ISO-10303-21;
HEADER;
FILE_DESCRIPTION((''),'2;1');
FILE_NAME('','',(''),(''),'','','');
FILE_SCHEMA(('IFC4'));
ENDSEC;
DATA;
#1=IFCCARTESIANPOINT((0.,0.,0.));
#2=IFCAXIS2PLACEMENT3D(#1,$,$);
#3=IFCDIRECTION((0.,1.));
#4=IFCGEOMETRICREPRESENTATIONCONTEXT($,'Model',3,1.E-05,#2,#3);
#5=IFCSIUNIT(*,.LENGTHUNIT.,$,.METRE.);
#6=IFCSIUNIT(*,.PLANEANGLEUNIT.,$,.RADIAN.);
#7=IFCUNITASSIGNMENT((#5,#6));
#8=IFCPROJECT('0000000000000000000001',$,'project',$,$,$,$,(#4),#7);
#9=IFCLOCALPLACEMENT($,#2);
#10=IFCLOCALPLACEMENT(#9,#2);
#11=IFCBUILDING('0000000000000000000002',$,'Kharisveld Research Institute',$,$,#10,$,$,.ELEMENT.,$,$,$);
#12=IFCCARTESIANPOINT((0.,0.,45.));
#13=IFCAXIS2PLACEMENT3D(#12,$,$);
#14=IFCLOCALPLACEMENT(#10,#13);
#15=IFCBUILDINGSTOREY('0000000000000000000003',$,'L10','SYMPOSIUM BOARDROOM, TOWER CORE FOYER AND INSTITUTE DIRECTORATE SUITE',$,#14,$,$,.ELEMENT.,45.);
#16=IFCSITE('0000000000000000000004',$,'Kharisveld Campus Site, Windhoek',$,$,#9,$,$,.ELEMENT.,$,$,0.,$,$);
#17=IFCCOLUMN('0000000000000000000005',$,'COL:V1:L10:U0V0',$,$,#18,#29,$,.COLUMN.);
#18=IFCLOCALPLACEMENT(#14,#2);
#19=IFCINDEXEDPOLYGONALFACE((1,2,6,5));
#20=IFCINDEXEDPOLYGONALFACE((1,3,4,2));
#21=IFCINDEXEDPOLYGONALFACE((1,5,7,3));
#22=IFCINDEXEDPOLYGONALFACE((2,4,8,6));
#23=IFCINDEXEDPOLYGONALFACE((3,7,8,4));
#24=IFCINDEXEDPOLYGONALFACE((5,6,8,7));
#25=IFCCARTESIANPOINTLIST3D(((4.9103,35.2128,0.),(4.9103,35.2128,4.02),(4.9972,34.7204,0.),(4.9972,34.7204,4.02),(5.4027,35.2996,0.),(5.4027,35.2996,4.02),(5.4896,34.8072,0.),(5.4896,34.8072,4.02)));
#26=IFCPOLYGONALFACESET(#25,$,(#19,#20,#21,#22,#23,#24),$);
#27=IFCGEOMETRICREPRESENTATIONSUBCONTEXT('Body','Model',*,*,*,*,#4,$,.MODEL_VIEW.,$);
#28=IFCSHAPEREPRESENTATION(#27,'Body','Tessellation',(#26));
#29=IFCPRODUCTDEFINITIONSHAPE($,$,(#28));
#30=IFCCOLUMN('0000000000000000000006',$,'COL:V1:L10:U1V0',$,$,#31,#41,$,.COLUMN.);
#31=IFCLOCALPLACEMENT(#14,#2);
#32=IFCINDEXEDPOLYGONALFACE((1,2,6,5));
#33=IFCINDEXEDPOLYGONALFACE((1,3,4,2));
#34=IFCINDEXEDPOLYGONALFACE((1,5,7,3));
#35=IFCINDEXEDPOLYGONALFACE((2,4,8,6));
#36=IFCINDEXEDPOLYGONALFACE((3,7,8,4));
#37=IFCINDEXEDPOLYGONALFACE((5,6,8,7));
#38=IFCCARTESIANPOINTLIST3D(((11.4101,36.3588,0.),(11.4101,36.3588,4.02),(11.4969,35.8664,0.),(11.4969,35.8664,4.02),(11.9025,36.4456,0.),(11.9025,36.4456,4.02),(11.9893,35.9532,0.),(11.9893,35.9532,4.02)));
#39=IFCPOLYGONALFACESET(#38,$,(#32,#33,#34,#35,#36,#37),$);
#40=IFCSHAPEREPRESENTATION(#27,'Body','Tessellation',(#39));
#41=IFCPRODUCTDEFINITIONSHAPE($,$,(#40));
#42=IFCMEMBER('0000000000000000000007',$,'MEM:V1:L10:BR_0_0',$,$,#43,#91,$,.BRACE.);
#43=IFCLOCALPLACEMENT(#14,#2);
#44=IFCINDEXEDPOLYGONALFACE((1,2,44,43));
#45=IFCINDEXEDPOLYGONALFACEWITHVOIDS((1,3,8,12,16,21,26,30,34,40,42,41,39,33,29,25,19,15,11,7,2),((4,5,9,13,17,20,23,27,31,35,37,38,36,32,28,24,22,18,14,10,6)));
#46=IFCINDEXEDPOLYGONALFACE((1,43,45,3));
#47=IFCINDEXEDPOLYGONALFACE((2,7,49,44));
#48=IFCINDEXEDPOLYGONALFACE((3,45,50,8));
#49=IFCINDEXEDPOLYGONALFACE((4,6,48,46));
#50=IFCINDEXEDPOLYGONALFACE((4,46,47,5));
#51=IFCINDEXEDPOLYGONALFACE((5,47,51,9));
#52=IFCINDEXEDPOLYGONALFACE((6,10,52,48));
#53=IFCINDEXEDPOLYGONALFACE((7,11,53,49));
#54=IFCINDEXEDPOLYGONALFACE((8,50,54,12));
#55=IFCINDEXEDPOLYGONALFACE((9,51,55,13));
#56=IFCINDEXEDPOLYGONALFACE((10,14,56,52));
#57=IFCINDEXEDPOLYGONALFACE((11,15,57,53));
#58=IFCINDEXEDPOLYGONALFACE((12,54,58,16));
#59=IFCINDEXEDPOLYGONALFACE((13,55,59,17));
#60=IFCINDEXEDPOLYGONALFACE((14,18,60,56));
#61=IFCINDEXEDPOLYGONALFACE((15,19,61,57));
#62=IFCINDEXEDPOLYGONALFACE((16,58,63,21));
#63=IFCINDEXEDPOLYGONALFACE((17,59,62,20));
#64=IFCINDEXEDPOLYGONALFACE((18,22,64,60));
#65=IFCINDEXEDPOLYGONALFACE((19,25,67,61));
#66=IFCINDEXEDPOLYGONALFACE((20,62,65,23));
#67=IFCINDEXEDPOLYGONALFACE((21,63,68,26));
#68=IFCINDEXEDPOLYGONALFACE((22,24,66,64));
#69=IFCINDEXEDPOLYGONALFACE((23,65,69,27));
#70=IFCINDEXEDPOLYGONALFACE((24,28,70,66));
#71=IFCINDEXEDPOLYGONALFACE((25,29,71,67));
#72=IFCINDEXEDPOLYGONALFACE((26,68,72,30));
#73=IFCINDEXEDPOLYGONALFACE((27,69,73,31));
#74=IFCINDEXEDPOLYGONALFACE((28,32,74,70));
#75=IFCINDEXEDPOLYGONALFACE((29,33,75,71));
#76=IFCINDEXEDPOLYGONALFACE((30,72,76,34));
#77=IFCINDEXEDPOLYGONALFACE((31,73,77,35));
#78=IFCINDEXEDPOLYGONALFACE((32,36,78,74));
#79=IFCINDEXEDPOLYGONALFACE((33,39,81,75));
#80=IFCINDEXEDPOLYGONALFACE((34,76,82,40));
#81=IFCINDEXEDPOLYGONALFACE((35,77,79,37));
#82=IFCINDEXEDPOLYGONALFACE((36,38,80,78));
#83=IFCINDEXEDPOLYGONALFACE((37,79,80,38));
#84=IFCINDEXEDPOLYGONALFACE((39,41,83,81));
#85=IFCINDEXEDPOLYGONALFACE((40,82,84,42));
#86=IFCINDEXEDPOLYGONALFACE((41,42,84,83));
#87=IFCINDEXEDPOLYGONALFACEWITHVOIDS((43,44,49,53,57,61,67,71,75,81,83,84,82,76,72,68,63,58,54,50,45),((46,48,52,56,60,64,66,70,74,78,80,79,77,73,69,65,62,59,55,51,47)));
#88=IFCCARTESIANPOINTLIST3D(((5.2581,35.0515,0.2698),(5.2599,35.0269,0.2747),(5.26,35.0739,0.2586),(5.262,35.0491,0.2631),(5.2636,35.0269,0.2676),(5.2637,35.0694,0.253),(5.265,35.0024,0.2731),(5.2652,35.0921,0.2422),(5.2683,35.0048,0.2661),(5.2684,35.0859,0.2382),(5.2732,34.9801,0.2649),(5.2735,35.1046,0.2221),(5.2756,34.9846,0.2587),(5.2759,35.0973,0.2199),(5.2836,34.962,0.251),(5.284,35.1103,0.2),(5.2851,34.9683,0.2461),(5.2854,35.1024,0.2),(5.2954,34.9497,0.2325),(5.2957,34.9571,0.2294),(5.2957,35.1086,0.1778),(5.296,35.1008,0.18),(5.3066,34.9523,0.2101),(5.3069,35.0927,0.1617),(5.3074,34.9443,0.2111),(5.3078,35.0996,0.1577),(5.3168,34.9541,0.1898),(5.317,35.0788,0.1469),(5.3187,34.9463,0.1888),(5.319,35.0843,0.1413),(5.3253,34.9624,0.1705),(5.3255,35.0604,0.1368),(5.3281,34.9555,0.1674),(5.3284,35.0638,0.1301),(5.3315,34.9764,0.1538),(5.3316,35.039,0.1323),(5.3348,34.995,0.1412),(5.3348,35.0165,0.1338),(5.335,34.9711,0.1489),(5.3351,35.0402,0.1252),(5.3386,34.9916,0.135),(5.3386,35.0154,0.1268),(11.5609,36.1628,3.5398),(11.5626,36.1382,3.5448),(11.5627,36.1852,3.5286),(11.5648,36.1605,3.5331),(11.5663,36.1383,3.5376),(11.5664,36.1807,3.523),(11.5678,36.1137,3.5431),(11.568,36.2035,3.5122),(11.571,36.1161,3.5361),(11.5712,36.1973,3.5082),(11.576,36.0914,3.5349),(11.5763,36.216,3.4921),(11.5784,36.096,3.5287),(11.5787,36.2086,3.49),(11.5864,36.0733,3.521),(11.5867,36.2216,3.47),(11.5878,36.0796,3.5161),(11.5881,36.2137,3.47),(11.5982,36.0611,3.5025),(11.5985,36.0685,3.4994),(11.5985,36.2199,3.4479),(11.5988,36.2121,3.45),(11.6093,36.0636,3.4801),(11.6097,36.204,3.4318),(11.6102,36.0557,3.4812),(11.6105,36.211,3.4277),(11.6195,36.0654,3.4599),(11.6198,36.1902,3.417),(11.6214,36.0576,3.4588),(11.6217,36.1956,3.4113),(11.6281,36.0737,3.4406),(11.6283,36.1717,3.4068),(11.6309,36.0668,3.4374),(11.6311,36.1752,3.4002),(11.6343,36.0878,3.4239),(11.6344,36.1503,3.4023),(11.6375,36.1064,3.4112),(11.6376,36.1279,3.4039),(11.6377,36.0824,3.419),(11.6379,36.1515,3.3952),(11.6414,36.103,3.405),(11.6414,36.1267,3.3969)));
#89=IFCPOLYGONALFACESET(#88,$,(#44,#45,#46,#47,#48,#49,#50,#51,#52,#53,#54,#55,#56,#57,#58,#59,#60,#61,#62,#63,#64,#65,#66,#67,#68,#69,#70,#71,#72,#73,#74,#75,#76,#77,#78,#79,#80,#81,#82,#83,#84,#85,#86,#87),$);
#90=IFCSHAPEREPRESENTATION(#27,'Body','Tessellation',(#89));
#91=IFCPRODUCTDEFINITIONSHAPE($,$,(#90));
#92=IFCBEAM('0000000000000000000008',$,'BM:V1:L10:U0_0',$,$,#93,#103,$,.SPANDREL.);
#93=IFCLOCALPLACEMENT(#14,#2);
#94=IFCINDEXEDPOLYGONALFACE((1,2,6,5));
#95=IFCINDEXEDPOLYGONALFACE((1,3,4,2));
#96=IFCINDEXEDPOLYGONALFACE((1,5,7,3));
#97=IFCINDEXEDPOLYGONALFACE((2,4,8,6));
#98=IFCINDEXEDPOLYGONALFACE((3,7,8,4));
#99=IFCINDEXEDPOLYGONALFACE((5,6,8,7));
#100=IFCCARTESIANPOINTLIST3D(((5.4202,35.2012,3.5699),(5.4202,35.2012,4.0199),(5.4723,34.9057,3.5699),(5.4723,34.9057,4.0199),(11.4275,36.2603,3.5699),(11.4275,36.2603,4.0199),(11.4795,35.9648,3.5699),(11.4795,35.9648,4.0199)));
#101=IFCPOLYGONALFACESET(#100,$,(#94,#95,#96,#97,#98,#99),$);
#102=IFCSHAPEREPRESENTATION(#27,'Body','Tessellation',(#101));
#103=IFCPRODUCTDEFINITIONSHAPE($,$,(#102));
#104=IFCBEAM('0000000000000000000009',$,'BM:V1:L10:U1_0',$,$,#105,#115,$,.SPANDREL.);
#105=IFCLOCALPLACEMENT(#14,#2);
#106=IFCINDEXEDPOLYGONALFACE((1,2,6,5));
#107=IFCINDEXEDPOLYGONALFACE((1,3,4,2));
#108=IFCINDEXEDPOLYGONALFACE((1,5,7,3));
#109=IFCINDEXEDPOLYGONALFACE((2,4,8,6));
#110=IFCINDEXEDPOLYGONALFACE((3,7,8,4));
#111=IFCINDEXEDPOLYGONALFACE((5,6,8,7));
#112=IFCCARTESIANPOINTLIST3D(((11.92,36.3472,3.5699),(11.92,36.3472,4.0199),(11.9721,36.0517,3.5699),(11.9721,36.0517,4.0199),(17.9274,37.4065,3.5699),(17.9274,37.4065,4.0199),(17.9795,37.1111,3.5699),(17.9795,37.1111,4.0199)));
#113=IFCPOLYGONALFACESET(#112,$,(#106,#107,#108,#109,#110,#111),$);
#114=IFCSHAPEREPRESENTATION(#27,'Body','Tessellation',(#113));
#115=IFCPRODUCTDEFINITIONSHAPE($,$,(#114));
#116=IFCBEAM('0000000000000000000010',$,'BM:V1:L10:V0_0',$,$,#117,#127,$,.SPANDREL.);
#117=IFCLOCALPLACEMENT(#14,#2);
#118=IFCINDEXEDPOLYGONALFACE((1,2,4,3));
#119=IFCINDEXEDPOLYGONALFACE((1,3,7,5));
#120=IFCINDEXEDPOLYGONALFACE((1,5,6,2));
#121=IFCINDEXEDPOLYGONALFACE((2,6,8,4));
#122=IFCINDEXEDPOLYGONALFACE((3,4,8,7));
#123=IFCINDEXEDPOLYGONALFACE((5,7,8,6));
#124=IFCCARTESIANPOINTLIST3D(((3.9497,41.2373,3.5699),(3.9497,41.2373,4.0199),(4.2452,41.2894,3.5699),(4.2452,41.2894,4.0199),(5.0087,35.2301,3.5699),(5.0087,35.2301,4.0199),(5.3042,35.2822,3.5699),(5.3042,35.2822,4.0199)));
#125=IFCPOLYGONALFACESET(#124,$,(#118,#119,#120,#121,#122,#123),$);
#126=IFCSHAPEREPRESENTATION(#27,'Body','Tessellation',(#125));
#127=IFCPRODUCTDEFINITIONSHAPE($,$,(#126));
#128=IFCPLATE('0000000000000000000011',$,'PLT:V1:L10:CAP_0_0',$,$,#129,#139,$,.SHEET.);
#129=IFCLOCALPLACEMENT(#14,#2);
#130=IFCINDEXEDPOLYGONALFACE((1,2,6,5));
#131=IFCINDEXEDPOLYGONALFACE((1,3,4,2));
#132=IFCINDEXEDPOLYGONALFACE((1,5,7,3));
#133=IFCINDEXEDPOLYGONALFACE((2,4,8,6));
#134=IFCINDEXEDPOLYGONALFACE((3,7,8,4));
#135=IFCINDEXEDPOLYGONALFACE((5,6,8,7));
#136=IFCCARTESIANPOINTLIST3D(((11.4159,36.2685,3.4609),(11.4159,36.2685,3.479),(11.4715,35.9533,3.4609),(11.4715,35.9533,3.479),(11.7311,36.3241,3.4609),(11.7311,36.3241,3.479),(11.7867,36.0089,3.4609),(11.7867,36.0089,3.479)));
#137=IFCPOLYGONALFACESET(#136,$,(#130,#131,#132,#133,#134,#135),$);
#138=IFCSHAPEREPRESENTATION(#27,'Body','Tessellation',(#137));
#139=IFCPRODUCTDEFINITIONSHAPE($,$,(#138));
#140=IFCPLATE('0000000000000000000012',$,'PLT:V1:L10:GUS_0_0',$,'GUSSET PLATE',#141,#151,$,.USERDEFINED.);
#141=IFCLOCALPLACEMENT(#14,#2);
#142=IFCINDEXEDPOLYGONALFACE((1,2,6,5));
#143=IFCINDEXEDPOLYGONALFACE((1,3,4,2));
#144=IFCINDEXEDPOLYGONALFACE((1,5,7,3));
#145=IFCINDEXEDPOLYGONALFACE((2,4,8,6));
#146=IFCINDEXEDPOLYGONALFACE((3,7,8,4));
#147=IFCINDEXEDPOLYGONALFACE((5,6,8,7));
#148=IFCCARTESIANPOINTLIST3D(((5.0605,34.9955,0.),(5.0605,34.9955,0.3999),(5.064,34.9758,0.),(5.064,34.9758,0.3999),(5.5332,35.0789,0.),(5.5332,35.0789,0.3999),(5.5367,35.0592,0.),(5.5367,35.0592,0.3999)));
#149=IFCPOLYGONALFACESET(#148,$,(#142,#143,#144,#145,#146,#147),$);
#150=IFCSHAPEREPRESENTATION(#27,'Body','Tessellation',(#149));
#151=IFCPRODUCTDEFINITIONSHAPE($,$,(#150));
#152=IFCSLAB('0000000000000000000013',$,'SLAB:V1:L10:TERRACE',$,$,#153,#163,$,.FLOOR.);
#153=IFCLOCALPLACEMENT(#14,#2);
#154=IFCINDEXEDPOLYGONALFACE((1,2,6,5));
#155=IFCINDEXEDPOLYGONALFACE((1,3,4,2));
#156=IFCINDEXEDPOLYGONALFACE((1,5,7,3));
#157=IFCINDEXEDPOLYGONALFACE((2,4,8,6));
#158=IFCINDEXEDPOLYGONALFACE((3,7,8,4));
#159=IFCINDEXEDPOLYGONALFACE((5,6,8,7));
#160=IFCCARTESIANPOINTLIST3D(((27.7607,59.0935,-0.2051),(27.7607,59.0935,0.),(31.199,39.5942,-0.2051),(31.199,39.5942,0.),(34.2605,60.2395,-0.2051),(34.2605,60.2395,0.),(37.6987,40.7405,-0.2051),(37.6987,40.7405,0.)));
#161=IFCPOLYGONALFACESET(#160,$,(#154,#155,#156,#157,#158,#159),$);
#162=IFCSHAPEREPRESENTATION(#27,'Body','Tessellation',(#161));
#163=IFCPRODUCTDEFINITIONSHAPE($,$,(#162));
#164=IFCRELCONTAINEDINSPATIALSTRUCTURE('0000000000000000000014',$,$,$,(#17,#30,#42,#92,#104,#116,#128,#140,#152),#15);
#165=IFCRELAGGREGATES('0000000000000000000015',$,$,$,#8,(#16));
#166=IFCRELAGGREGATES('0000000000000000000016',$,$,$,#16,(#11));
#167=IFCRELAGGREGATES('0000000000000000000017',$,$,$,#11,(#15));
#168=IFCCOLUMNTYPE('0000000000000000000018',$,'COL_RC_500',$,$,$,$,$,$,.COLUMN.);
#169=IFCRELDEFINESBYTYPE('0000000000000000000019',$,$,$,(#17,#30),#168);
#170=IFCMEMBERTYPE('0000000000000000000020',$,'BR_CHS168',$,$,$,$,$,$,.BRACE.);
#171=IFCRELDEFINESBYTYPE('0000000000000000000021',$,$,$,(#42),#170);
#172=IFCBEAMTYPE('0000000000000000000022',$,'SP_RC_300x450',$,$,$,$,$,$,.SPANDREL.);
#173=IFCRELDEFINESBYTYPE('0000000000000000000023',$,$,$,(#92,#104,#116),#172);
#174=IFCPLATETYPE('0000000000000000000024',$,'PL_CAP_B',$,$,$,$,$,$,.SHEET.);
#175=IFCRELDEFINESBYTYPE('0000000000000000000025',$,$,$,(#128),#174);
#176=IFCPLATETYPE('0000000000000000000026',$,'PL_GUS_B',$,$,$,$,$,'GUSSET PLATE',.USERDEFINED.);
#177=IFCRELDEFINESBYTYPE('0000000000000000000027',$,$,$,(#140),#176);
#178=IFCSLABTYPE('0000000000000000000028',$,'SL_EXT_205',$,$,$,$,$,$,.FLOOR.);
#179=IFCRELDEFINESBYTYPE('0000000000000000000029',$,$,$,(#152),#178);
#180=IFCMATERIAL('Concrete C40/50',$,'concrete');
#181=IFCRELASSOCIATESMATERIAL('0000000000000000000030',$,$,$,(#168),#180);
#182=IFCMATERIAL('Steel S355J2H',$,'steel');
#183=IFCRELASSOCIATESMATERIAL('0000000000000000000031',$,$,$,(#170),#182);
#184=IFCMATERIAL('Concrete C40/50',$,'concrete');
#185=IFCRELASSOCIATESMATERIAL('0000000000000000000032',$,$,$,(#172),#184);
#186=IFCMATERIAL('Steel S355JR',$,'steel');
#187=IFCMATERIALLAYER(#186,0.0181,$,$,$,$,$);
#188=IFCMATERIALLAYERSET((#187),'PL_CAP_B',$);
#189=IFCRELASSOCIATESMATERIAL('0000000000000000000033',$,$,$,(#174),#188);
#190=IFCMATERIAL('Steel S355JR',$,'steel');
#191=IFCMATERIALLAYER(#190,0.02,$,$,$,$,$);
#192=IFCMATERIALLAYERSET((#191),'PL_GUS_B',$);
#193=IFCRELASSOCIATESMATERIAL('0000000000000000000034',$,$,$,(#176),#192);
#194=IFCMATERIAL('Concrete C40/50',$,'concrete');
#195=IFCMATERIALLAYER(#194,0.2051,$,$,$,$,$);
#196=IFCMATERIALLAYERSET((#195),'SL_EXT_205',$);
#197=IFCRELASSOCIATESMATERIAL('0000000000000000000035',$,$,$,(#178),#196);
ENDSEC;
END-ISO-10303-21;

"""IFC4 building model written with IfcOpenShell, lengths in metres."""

from ifc_helpers import new_model, si_unit, direction, frame, origin, origin_2d, place, context, subcontext, project, spatial, polyline, rectangle, hollow_circle, outline, extrude, material, layer, layer_set, material_profile, profile_set, type_object, element, save


model = new_model("IFC4")

# Units and contexts
model_context = context("Model", 3, precision=1e-05, world=origin(), true_north=direction((0.0, 1.0)))
body_context = subcontext(model_context, "Body", "Model", "MODEL_VIEW")
ifc_project = project(units=[si_unit("LENGTHUNIT", "METRE"), si_unit("PLANEANGLEUNIT", "RADIAN")], contexts=[model_context])

# Site, building, storey
site_placement = place(None, origin())
site = spatial("IfcSite", under=ifc_project, at=site_placement, Name="Kharisveld Campus Site, Windhoek", CompositionType="ELEMENT", RefElevation=0.0)
building_placement = place(site_placement, origin())
building = spatial("IfcBuilding", under=site, at=building_placement, Name="Kharisveld Research Institute", CompositionType="ELEMENT")
storey_placement = place(building_placement, frame((0.0, 0.0, 45.0)))
storey = spatial("IfcBuildingStorey", under=building, at=storey_placement, Name="L10", Description="SYMPOSIUM BOARDROOM, TOWER CORE FOYER AND INSTITUTE DIRECTORATE SUITE", CompositionType="ELEMENT", Elevation=45.0)

# Columns
ifc_material_1 = material(Name="Concrete C40/50", Category="concrete")
ifc_material_profile_1 = material_profile(ifc_material_1, rectangle(XDim=0.5, YDim=0.5, at=origin_2d()))
ifc_profile_set_1 = profile_set([ifc_material_profile_1], Name="Concrete C40/50")
column_type = type_object("IfcColumnType", Name="COL_RC_500", PredefinedType="COLUMN", material=ifc_profile_set_1)
for number, where, z_axis, x_axis, name in (
    (1, (5.2, 35.01, 0.0), (0.0, 0.0, 1.0), (0.984808, 0.173648, 0.0), "COL:V1:L10:U0V0"),
    (2, (11.6997, 36.156, 0.0), (0.0, 0.0, 1.0), (0.984808, 0.173648, 0.0), "COL:V1:L10:U1V0"),
):
    element("IfcColumn", number, at=place(storey_placement, frame(where, z_axis=z_axis, x_axis=x_axis)), inside=storey, type_object=column_type, Name=name, PredefinedType="COLUMN", context=body_context, shape_type="SweptSolid", body=[
        extrude(rectangle(XDim=0.5, YDim=0.5, at=origin_2d()), origin(), (0.0, 0.0, 1.0), 4.02),
    ])

# Member
ifc_material_2 = material(Name="Steel S355J2H", Category="steel")
ifc_material_profile_2 = material_profile(ifc_material_2, hollow_circle(Radius=0.0842, WallThickness=0.0081, at=origin_2d()))
ifc_profile_set_2 = profile_set([ifc_material_profile_2], Name="Steel S355J2H")
member_type = type_object("IfcMemberType", Name="BR_CHS168", PredefinedType="BRACE", material=ifc_profile_set_2)
member_placement = place(storey_placement, frame((5.2986, 35.0273, 0.2), z_axis=(0.876967, 0.154631, 0.454993), x_axis=(-0.173646, 0.984808, 0.0)))
element("IfcMember", 3, at=member_placement, inside=storey, type_object=member_type, Name="MEM:V1:L10:BR_0_0", PredefinedType="BRACE", context=body_context, shape_type="SweptSolid", body=[
    extrude(hollow_circle(Radius=0.0842, WallThickness=0.0081, at=origin_2d()), origin(), (0.0, 0.0, 1.0), 7.187),
])

# Beams
ifc_material_3 = material(Name="Concrete C40/50", Category="concrete")
ifc_material_profile_3 = material_profile(ifc_material_3, rectangle(XDim=0.3, YDim=0.45, at=origin_2d()))
ifc_profile_set_3 = profile_set([ifc_material_profile_3], Name="Concrete C40/50")
beam_type = type_object("IfcBeamType", Name="SP_RC_300x450", PredefinedType="SPANDREL", material=ifc_profile_set_3)
beam_1_placement = place(storey_placement, frame((5.4463, 35.0535, 3.7949), z_axis=(0.984813, 0.173621, 0.0), x_axis=(-0.173621, 0.984813, 0.0)))
element("IfcBeam", 4, at=beam_1_placement, inside=storey, type_object=beam_type, Name="BM:V1:L10:U0_0", PredefinedType="SPANDREL", context=body_context, shape_type="SweptSolid", body=[
    extrude(rectangle(XDim=0.3, YDim=0.45, at=origin_2d()), origin(), (0.0, 0.0, 1.0), 6.0999),
])
beam_2_placement = place(storey_placement, frame((11.946, 36.1995, 3.7949), z_axis=(0.984806, 0.17366, 0.0), x_axis=(-0.17366, 0.984806, 0.0)))
element("IfcBeam", 5, at=beam_2_placement, inside=storey, type_object=beam_type, Name="BM:V1:L10:U1_0", PredefinedType="SPANDREL", context=body_context, shape_type="SweptSolid", body=[
    extrude(rectangle(XDim=0.3, YDim=0.45, at=origin_2d()), origin(), (0.0, 0.0, 1.0), 6.1001),
])
beam_3_placement = place(storey_placement, frame((5.1565, 35.2561, 3.7949), z_axis=(-0.173621, 0.984813, 0.0), x_axis=(-0.984813, -0.173621, 0.0)))
element("IfcBeam", 6, at=beam_3_placement, inside=storey, type_object=beam_type, Name="BM:V1:L10:V0_0", PredefinedType="SPANDREL", context=body_context, shape_type="SweptSolid", body=[
    extrude(rectangle(XDim=0.3, YDim=0.45, at=origin_2d()), origin(), (0.0, 0.0, 1.0), 6.0999),
])

# Plates
ifc_material_4 = material(Name="Steel S355JR", Category="steel")
ifc_layer_1 = layer(ifc_material_4, 0.0181)
ifc_layer_set_1 = layer_set([ifc_layer_1], Name="PL_CAP_B")
plate_type_1 = type_object("IfcPlateType", Name="PL_CAP_B", PredefinedType="SHEET", material=ifc_layer_set_1)
plate_1_placement = place(storey_placement, frame((11.6013, 36.1387, 3.4609), z_axis=(0.0, 0.0, 1.0), x_axis=(0.984808, 0.173648, 0.0)))
element("IfcPlate", 7, at=plate_1_placement, inside=storey, type_object=plate_type_1, Name="PLT:V1:L10:CAP_0_0", PredefinedType="SHEET", context=body_context, shape_type="SweptSolid", body=[
    extrude(rectangle(XDim=0.3201, YDim=0.3201, at=origin_2d()), origin(), (0.0, 0.0, 1.0), 0.0181),
])
ifc_material_5 = material(Name="Steel S355JR", Category="steel")
ifc_layer_2 = layer(ifc_material_5, 0.02)
ifc_layer_set_2 = layer_set([ifc_layer_2], Name="PL_GUS_B")
plate_type_2 = type_object("IfcPlateType", Name="PL_GUS_B", ElementType="GUSSET PLATE", PredefinedType="USERDEFINED", material=ifc_layer_set_2)
plate_2_placement = place(storey_placement, frame((5.2986, 35.0273, 0.0), z_axis=(0.0, 0.0, 1.0), x_axis=(0.984808, 0.173648, 0.0)))
element("IfcPlate", 8, at=plate_2_placement, inside=storey, type_object=plate_type_2, Name="PLT:V1:L10:GUS_0_0", ObjectType="GUSSET PLATE", PredefinedType="USERDEFINED", context=body_context, shape_type="SweptSolid", body=[
    extrude(rectangle(XDim=0.48, YDim=0.02, at=origin_2d()), origin(), (0.0, 0.0, 1.0), 0.3999),
])

# Slab
ifc_material_6 = material(Name="Concrete C40/50", Category="concrete")
ifc_layer_3 = layer(ifc_material_6, 0.2051)
ifc_layer_set_3 = layer_set([ifc_layer_3], Name="SL_EXT_205")
slab_type_1 = type_object("IfcSlabType", Name="SL_EXT_205", PredefinedType="FLOOR", material=ifc_layer_set_3)
slab_1_placement = place(storey_placement, frame((0.0, 0.0, -0.2051)))
element("IfcSlab", 9, at=slab_1_placement, inside=storey, type_object=slab_type_1, Name="SLAB:V1:L10:TERRACE", PredefinedType="FLOOR", context=body_context, shape_type="SweptSolid", body=[
    extrude(outline(polyline([(31.199, 39.5942), (37.6987, 40.7405), (34.2605, 60.2395), (27.7607, 59.0935), (31.199, 39.5942)])), origin(), (0.0, 0.0, 1.0), 0.2051),
])

save(model, "model.ifc")
